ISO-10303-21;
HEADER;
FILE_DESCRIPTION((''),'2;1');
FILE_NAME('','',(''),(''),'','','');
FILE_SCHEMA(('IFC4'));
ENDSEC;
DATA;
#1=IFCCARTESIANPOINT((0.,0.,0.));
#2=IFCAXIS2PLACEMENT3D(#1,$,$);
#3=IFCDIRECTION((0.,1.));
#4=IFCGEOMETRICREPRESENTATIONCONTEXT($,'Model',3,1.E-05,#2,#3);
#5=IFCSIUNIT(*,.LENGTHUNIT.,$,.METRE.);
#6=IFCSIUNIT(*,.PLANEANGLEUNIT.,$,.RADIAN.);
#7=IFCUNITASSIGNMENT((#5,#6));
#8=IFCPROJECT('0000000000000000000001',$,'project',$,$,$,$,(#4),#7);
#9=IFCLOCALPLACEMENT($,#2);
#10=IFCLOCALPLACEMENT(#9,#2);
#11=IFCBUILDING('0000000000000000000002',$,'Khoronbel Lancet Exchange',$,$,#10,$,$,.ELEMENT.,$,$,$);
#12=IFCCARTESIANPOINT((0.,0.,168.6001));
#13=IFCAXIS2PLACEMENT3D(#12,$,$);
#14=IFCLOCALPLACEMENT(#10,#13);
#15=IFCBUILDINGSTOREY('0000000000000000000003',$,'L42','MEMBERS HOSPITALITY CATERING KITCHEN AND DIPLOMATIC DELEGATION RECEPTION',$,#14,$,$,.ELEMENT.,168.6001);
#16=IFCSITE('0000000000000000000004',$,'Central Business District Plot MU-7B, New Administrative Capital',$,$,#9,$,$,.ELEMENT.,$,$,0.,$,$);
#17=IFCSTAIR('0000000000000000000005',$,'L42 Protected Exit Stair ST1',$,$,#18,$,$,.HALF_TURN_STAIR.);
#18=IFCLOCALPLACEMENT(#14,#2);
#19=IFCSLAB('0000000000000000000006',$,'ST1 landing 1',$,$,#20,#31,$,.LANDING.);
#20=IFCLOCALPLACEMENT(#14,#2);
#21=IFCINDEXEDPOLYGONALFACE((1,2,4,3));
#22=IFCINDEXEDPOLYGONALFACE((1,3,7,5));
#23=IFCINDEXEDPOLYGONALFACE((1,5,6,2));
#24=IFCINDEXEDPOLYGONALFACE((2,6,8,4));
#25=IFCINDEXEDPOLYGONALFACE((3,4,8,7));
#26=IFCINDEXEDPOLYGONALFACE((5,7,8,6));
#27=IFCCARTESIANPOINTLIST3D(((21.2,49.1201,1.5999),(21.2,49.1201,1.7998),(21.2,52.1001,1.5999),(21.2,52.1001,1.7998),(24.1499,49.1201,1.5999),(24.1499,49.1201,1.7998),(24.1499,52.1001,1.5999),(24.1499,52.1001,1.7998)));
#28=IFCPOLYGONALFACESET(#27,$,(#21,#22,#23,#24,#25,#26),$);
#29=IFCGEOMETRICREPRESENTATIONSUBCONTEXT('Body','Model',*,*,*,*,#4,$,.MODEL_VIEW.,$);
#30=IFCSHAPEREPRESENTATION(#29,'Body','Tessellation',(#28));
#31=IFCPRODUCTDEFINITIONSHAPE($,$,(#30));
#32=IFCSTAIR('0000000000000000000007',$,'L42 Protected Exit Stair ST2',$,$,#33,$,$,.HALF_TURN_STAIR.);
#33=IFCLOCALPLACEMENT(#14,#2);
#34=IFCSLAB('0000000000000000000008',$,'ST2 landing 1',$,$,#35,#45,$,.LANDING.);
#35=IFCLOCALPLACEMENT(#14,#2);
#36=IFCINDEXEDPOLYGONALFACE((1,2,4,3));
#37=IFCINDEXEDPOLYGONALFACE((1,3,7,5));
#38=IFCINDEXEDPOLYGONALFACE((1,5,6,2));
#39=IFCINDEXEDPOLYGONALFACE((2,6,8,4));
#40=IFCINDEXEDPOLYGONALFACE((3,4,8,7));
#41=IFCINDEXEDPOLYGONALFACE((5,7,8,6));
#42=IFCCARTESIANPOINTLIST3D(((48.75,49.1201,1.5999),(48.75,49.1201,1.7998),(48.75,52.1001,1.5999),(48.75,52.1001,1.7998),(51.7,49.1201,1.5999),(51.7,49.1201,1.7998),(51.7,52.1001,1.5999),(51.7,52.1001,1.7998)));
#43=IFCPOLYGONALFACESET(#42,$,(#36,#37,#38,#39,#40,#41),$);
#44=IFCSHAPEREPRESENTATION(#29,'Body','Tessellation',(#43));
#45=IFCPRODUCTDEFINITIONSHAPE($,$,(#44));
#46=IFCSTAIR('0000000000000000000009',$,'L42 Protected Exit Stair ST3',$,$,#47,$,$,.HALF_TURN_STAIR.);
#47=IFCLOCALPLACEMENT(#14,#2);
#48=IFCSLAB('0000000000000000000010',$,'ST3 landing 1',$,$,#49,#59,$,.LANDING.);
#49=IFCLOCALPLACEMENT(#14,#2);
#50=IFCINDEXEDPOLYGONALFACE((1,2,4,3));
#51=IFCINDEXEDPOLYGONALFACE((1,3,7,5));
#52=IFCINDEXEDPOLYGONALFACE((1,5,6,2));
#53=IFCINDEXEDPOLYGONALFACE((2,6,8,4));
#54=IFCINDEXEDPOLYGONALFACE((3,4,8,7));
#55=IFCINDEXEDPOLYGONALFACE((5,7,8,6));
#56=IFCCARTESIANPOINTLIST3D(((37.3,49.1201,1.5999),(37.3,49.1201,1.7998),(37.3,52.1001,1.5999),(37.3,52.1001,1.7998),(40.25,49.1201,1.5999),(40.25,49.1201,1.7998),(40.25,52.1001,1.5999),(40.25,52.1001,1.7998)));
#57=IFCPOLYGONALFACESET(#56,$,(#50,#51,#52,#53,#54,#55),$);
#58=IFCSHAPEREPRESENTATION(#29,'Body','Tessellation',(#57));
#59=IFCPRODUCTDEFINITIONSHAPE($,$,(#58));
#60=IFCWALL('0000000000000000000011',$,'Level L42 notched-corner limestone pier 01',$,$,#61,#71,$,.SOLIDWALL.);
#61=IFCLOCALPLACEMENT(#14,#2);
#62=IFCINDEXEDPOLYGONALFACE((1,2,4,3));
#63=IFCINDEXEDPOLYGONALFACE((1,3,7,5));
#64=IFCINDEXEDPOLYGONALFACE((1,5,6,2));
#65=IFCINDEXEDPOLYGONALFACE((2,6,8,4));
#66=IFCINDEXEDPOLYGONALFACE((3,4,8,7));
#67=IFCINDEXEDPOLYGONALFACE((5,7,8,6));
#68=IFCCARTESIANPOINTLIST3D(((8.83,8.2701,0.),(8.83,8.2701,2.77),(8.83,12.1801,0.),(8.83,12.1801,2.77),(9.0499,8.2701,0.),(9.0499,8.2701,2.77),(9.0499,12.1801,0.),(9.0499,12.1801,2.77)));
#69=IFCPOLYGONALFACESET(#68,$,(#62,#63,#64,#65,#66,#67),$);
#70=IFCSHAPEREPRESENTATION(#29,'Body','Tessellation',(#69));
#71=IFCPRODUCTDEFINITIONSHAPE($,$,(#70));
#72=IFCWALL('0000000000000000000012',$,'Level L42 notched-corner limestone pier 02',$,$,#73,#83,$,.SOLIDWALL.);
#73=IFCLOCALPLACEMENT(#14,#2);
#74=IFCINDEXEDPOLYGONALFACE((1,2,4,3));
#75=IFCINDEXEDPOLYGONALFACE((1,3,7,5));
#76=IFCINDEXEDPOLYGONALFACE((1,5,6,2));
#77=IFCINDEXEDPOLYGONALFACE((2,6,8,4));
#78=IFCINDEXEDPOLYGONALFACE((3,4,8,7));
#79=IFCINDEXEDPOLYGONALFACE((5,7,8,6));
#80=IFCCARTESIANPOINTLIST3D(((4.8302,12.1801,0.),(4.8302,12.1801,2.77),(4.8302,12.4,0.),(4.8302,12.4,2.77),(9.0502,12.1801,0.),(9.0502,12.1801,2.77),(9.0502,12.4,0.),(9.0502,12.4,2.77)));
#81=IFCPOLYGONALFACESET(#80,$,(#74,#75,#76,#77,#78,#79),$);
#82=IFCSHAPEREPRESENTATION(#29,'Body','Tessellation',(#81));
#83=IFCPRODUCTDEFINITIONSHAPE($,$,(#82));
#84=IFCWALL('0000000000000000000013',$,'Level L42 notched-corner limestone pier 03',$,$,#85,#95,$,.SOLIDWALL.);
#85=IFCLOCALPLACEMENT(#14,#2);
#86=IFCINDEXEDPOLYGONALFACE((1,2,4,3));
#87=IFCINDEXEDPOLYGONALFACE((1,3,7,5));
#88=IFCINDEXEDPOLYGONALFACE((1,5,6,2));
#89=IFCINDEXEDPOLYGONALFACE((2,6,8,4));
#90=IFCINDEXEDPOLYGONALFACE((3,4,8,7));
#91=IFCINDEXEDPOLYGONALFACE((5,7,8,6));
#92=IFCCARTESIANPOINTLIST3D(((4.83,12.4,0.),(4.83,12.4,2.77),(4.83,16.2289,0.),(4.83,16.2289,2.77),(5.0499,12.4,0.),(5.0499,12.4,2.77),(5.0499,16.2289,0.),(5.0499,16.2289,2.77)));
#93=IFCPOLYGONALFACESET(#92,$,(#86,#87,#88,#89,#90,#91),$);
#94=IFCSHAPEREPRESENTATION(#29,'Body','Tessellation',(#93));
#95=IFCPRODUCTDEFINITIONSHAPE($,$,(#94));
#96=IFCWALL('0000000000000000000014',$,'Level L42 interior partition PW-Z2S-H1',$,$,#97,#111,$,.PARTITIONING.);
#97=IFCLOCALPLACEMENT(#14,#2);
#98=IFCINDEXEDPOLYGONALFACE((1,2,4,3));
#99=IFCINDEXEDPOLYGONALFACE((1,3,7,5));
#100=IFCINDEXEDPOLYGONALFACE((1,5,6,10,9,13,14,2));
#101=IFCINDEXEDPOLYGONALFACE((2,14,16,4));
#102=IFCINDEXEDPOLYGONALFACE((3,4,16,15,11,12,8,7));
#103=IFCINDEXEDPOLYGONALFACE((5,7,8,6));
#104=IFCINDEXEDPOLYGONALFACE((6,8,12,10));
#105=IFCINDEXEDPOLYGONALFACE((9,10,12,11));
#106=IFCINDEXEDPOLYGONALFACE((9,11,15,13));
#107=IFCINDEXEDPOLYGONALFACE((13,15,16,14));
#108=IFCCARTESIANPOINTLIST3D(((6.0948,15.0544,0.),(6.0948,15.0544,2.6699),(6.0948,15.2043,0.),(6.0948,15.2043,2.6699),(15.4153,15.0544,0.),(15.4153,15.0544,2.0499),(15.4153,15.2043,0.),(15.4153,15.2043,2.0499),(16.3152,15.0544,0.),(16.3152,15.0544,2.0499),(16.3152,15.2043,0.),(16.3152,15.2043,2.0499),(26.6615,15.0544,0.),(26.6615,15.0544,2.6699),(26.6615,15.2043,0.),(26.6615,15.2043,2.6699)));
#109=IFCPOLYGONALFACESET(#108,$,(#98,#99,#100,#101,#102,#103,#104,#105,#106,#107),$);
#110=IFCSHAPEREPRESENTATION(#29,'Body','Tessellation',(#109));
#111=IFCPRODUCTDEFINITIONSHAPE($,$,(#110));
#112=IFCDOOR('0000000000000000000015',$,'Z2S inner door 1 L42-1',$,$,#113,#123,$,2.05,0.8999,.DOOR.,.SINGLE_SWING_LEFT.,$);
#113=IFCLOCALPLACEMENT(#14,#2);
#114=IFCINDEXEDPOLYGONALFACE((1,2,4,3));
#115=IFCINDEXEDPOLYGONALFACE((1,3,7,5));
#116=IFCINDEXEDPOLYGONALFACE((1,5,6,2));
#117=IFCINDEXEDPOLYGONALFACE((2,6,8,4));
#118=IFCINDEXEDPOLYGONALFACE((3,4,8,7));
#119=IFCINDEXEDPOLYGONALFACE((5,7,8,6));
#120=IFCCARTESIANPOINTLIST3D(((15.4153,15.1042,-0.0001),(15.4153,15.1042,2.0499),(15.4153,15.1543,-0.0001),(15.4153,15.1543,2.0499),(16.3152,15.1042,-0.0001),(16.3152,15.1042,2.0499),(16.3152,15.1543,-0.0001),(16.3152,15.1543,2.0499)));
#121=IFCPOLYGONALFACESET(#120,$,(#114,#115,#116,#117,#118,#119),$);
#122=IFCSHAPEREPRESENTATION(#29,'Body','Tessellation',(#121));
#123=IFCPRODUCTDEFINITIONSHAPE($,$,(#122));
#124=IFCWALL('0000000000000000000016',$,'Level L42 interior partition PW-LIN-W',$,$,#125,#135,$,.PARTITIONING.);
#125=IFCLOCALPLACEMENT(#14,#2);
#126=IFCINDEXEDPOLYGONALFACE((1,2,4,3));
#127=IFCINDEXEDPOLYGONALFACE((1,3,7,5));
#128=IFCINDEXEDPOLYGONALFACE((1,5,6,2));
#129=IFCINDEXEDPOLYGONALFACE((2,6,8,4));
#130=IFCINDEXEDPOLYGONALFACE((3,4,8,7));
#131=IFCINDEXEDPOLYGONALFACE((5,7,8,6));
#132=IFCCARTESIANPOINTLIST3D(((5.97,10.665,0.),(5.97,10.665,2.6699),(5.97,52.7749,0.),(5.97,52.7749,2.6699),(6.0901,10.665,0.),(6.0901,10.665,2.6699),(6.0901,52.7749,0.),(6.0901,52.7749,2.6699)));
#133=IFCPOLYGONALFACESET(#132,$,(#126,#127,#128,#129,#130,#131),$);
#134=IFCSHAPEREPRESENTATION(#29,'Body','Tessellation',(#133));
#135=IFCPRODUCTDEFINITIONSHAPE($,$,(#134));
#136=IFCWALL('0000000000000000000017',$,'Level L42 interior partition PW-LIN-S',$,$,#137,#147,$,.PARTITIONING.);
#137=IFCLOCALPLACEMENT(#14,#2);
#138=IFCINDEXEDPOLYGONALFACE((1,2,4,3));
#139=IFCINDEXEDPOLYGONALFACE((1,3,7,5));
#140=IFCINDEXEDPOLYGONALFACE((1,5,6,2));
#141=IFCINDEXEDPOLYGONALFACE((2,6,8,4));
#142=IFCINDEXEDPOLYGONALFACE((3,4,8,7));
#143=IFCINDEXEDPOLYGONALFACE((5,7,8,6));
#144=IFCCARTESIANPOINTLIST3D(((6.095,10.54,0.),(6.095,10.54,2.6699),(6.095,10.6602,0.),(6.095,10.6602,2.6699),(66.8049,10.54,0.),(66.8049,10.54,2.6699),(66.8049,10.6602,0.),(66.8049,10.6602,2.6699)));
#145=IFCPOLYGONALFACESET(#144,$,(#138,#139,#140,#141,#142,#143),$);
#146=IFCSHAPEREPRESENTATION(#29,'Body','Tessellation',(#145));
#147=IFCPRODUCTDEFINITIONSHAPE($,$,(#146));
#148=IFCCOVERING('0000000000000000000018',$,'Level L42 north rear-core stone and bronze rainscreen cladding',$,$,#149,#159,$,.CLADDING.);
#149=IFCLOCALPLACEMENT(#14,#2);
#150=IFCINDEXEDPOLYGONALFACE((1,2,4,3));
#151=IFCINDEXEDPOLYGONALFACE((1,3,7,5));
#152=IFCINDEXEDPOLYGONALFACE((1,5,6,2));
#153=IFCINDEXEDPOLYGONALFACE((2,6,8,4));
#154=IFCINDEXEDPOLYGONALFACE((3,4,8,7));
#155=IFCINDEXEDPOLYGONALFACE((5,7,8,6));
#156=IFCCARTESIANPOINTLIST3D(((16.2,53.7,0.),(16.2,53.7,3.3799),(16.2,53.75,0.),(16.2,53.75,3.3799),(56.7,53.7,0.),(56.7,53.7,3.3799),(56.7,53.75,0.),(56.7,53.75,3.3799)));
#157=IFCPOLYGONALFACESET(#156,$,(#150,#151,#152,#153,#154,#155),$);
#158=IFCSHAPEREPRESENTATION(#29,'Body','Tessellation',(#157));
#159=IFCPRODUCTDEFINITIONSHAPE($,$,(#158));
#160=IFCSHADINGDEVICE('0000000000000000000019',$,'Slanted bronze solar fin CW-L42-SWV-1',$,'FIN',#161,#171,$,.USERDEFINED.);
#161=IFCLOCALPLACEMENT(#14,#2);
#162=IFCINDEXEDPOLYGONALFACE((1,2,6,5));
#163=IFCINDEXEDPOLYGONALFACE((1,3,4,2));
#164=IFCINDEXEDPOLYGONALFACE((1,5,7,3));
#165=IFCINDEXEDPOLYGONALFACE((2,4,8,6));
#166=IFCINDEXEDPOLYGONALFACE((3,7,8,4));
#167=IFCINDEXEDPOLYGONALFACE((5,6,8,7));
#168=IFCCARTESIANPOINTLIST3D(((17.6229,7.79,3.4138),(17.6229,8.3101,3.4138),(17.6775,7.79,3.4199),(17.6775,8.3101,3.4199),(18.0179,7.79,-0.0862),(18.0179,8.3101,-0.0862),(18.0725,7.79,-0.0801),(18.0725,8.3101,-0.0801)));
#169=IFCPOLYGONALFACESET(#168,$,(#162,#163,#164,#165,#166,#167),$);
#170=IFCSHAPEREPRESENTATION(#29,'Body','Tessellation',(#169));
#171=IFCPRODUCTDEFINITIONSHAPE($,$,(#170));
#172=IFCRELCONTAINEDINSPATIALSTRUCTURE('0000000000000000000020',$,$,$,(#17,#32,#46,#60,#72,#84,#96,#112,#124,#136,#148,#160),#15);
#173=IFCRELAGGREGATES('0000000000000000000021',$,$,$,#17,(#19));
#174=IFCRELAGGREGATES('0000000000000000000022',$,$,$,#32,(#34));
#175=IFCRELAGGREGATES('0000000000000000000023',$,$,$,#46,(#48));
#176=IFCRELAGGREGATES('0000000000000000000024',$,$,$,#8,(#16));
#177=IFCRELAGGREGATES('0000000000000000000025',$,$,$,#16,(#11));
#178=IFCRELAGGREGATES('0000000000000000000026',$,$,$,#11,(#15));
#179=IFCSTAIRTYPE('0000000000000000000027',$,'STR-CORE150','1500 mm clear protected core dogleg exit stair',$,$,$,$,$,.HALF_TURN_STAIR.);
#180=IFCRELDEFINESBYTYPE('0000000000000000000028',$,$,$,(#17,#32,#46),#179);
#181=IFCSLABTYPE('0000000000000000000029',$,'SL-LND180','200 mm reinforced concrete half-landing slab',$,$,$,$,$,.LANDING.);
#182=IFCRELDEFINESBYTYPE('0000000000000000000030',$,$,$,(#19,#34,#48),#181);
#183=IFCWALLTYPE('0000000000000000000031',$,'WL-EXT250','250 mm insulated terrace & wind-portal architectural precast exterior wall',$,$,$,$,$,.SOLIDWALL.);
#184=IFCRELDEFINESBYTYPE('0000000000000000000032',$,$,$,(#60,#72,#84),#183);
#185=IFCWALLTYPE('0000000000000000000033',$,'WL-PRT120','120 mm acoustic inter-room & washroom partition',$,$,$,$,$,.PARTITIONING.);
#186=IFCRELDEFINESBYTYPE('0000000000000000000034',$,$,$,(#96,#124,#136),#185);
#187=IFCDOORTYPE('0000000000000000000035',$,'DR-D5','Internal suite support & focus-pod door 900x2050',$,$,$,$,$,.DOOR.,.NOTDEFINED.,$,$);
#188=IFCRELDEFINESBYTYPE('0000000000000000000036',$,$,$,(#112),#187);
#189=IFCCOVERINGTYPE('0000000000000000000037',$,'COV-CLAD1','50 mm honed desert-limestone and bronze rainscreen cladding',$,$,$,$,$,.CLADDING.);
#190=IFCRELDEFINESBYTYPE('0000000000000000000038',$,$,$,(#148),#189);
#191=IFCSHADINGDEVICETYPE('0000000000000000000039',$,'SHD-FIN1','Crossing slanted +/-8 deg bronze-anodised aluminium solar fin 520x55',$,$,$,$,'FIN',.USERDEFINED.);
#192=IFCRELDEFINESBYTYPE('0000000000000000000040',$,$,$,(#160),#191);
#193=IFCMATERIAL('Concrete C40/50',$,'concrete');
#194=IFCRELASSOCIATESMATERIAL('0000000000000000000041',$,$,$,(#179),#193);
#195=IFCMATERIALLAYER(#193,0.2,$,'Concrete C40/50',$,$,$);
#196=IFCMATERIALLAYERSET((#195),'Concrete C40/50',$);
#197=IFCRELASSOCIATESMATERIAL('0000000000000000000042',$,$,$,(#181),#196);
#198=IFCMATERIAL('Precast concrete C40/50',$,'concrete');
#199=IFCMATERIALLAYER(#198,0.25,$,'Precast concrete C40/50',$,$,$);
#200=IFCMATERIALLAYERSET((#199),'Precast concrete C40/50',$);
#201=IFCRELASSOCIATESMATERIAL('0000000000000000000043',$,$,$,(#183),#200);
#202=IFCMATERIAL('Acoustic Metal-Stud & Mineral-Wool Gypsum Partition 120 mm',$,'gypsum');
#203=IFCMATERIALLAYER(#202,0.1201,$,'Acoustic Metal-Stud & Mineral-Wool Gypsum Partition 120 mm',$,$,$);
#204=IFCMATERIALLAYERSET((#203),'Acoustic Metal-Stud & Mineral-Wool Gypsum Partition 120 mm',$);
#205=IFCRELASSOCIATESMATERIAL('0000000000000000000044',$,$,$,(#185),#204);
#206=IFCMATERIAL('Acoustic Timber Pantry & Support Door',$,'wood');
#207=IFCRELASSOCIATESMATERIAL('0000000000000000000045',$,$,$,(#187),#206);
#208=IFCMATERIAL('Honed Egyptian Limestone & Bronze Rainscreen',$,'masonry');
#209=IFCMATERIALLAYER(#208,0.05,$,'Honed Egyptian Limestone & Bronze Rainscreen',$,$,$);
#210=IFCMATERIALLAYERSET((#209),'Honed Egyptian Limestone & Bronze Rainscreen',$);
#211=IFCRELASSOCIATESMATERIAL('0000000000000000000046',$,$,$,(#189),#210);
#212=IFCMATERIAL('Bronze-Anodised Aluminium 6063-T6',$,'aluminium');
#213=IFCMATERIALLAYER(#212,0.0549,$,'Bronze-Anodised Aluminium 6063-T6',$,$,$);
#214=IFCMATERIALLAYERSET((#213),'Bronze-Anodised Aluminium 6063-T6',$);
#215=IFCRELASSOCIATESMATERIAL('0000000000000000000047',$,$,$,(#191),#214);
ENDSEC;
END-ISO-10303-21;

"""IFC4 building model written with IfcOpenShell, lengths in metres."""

from ifc_helpers import new_model, si_unit, direction, frame, frame_2d, origin, place, context, subcontext, project, spatial, polyline, rectangle, outline, extrude, material, layer, layer_set, type_object, element, fill, aggregate, save


model = new_model("IFC4")

# Units and contexts
model_context = context("Model", 3, precision=1e-05, world=origin(), true_north=direction((0.0, 1.0)))
body_context = subcontext(model_context, "Body", "Model", "MODEL_VIEW")
ifc_project = project(units=[si_unit("LENGTHUNIT", "METRE"), si_unit("PLANEANGLEUNIT", "RADIAN")], contexts=[model_context])

# Site, building, storey
site_placement = place(None, origin())
site = spatial("IfcSite", under=ifc_project, at=site_placement, Name="Central Business District Plot MU-7B, New Administrative Capital", CompositionType="ELEMENT", RefElevation=0.0)
building_placement = place(site_placement, origin())
building = spatial("IfcBuilding", under=site, at=building_placement, Name="Khoronbel Lancet Exchange", CompositionType="ELEMENT")
storey_placement = place(building_placement, frame((0.0, 0.0, 168.6001)))
storey = spatial("IfcBuildingStorey", under=building, at=storey_placement, Name="L42", Description="MEMBERS HOSPITALITY CATERING KITCHEN AND DIPLOMATIC DELEGATION RECEPTION", CompositionType="ELEMENT", Elevation=168.6001)

# Shared definitions
ifc_material_1 = material(Name="Bronze-Anodised Aluminium 6063-T6", Category="aluminium")

# Shared definitions
ifc_material_2 = material(Name="Concrete C40/50", Category="concrete")

# Stairs, slabs
stair_type = type_object("IfcStairType", Name="STR-CORE150", Description="1500 mm clear protected core dogleg exit stair", PredefinedType="HALF_TURN_STAIR", material=ifc_material_2)
stair_1_placement = place(storey_placement, origin())
stair_1 = element("IfcStair", 1, at=stair_1_placement, inside=storey, type_object=stair_type, Name="L42 Protected Exit Stair ST1", PredefinedType="HALF_TURN_STAIR")
ifc_layer_1 = layer(ifc_material_2, 0.2, Name="Concrete C40/50")
ifc_layer_set_1 = layer_set([ifc_layer_1], Name="Concrete C40/50")
slab_type_1 = type_object("IfcSlabType", Name="SL-LND180", Description="200 mm reinforced concrete half-landing slab", PredefinedType="LANDING", material=ifc_layer_set_1)
slab_1_placement = place(storey_placement, frame((0.0, 0.0, 1.5999)))
slab_1 = element("IfcSlab", 2, at=slab_1_placement, type_object=slab_type_1, Name="ST1 landing 1", PredefinedType="LANDING", context=body_context, shape_type="SweptSolid", body=[
    extrude(outline(polyline([(21.2, 49.1201), (24.1499, 49.1201), (24.1499, 52.1001), (21.2, 52.1001), (21.2, 49.1201)])), origin(), (0.0, 0.0, 1.0), 0.2),
])
aggregate(stair_1, [slab_1])
stair_2_placement = place(storey_placement, origin())
stair_2 = element("IfcStair", 3, at=stair_2_placement, inside=storey, type_object=stair_type, Name="L42 Protected Exit Stair ST2", PredefinedType="HALF_TURN_STAIR")
slab_2_placement = place(storey_placement, frame((0.0, 0.0, 1.5999)))
slab_2 = element("IfcSlab", 4, at=slab_2_placement, type_object=slab_type_1, Name="ST2 landing 1", PredefinedType="LANDING", context=body_context, shape_type="SweptSolid", body=[
    extrude(outline(polyline([(51.7, 52.1001), (48.75, 52.1001), (48.75, 49.1201), (51.7, 49.1201), (51.7, 52.1001)])), origin(), (0.0, 0.0, 1.0), 0.2),
])
aggregate(stair_2, [slab_2])
stair_3_placement = place(storey_placement, origin())
stair_3 = element("IfcStair", 5, at=stair_3_placement, inside=storey, type_object=stair_type, Name="L42 Protected Exit Stair ST3", PredefinedType="HALF_TURN_STAIR")
slab_3_placement = place(storey_placement, frame((0.0, 0.0, 1.5999)))
slab_3 = element("IfcSlab", 6, at=slab_3_placement, type_object=slab_type_1, Name="ST3 landing 1", PredefinedType="LANDING", context=body_context, shape_type="SweptSolid", body=[
    extrude(outline(polyline([(37.3, 49.1201), (40.25, 49.1201), (40.25, 52.1001), (37.3, 52.1001), (37.3, 49.1201)])), origin(), (0.0, 0.0, 1.0), 0.2),
])
aggregate(stair_3, [slab_3])

# Walls
ifc_material_3 = material(Name="Precast concrete C40/50", Category="concrete")
ifc_layer_2 = layer(ifc_material_3, 0.25, Name="Precast concrete C40/50")
ifc_layer_set_2 = layer_set([ifc_layer_2], Name="Precast concrete C40/50")
wall_type_1 = type_object("IfcWallType", Name="WL-EXT250", Description="250 mm insulated terrace & wind-portal architectural precast exterior wall", PredefinedType="SOLIDWALL", material=ifc_layer_set_2)
wall_1_placement = place(storey_placement, frame((8.9399, 8.27, 0.0), z_axis=(0.0, 0.0, 1.0), x_axis=(0.0, 1.0, 0.0)))
element("IfcWall", 7, at=wall_1_placement, inside=storey, type_object=wall_type_1, Name="Level L42 notched-corner limestone pier 01", PredefinedType="SOLIDWALL", context=body_context, shape_type="SweptSolid", body=[
    extrude(rectangle(XDim=3.9099, YDim=0.22, at=frame_2d((1.9551, 0.0))), origin(), (0.0, 0.0, 1.0), 2.77),
])
wall_2_placement = place(storey_placement, frame((9.05, 12.29, 0.0), z_axis=(0.0, 0.0, 1.0), x_axis=(-1.0, 0.0, 0.0)))
element("IfcWall", 8, at=wall_2_placement, inside=storey, type_object=wall_type_1, Name="Level L42 notched-corner limestone pier 02", PredefinedType="SOLIDWALL", context=body_context, shape_type="SweptSolid", body=[
    extrude(rectangle(XDim=4.22, YDim=0.22, at=frame_2d((2.1099, 0.0))), origin(), (0.0, 0.0, 1.0), 2.77),
])
wall_3_placement = place(storey_placement, frame((4.9399, 12.3999, 0.0), z_axis=(0.0, 0.0, 1.0), x_axis=(0.0, 1.0, 0.0)))
element("IfcWall", 9, at=wall_3_placement, inside=storey, type_object=wall_type_1, Name="Level L42 notched-corner limestone pier 03", PredefinedType="SOLIDWALL", context=body_context, shape_type="SweptSolid", body=[
    extrude(rectangle(XDim=3.8289, YDim=0.22, at=frame_2d((1.9146, 0.0))), origin(), (0.0, 0.0, 1.0), 2.77),
])

# Wall, opening, door
ifc_material_4 = material(Name="Acoustic Metal-Stud & Mineral-Wool Gypsum Partition 120 mm", Category="gypsum")
ifc_layer_3 = layer(ifc_material_4, 0.1201, Name="Acoustic Metal-Stud & Mineral-Wool Gypsum Partition 120 mm")
ifc_layer_set_3 = layer_set([ifc_layer_3], Name="Acoustic Metal-Stud & Mineral-Wool Gypsum Partition 120 mm")
wall_type_2 = type_object("IfcWallType", Name="WL-PRT120", Description="120 mm acoustic inter-room & washroom partition", PredefinedType="PARTITIONING", material=ifc_layer_set_3)
wall_4_placement = place(storey_placement, frame((6.095, 15.1294, 0.0), z_axis=(0.0, 0.0, 1.0), x_axis=(1.0, 0.0, 0.0)))
wall_4 = element("IfcWall", 10, at=wall_4_placement, inside=storey, type_object=wall_type_2, Name="Level L42 interior partition PW-Z2S-H1", PredefinedType="PARTITIONING", context=body_context, shape_type="SweptSolid", body=[
    extrude(rectangle(XDim=20.5667, YDim=0.1499, at=frame_2d((10.2832, 0.0))), origin(), (0.0, 0.0, 1.0), 2.6699),
])
opening_placement = place(wall_4_placement, frame((9.3203, 0.0, 0.0)))
opening = element("IfcOpeningElement", 11, at=opening_placement, cuts=wall_4, PredefinedType="OPENING", context=body_context, shape_type="SweptSolid", body=[
    extrude(rectangle(XDim=0.8999, YDim=2.05, at=frame_2d((0.45, 1.0249))), frame((0.0, 0.085, 0.0), z_axis=(0.0, -1.0, 0.0), x_axis=(1.0, 0.0, 0.0)), (0.0, 0.0, 1.0), 0.1699),
])
ifc_material_5 = material(Name="Acoustic Timber Pantry & Support Door", Category="wood")
door_type = type_object("IfcDoorType", Name="DR-D5", Description="Internal suite support & focus-pod door 900x2050", OperationType="NOTDEFINED", PredefinedType="DOOR", material=ifc_material_5)
door_placement = place(opening_placement, origin())
door = element("IfcDoor", 12, at=door_placement, inside=storey, type_object=door_type, Name="Z2S inner door 1 L42-1", OperationType="SINGLE_SWING_LEFT", OverallHeight=2.05, OverallWidth=0.8999, PredefinedType="DOOR", context=body_context, shape_type="SweptSolid", body=[
    extrude(rectangle(XDim=0.8999, YDim=2.05, at=frame_2d((0.45, 1.0249))), frame((0.0, 0.0249, 0.0), z_axis=(0.0, -1.0, 0.0), x_axis=(1.0, 0.0, 0.0)), (0.0, 0.0, 1.0), 0.05),
])
fill(opening, door)

# Walls
wall_5_placement = place(storey_placement, frame((6.03, 10.665, 0.0), z_axis=(0.0, 0.0, 1.0), x_axis=(0.0, 1.0, 0.0)))
element("IfcWall", 13, at=wall_5_placement, inside=storey, type_object=wall_type_2, Name="Level L42 interior partition PW-LIN-W", PredefinedType="PARTITIONING", context=body_context, shape_type="SweptSolid", body=[
    extrude(rectangle(XDim=42.1099, YDim=0.1201, at=frame_2d((21.0549, 0.0))), origin(), (0.0, 0.0, 1.0), 2.6699),
])
wall_6_placement = place(storey_placement, frame((6.095, 10.6001, 0.0), z_axis=(0.0, 0.0, 1.0), x_axis=(1.0, 0.0, 0.0)))
element("IfcWall", 14, at=wall_6_placement, inside=storey, type_object=wall_type_2, Name="Level L42 interior partition PW-LIN-S", PredefinedType="PARTITIONING", context=body_context, shape_type="SweptSolid", body=[
    extrude(rectangle(XDim=60.71, YDim=0.1201, at=frame_2d((30.355, 0.0))), origin(), (0.0, 0.0, 1.0), 2.6699),
])

# Covering
ifc_material_6 = material(Name="Honed Egyptian Limestone & Bronze Rainscreen", Category="masonry")
ifc_layer_4 = layer(ifc_material_6, 0.05, Name="Honed Egyptian Limestone & Bronze Rainscreen")
ifc_layer_set_4 = layer_set([ifc_layer_4], Name="Honed Egyptian Limestone & Bronze Rainscreen")
covering_type = type_object("IfcCoveringType", Name="COV-CLAD1", Description="50 mm honed desert-limestone and bronze rainscreen cladding", PredefinedType="CLADDING", material=ifc_layer_set_4)
covering_placement = place(storey_placement, origin())
element("IfcCovering", 15, at=covering_placement, inside=storey, type_object=covering_type, Name="Level L42 north rear-core stone and bronze rainscreen cladding", PredefinedType="CLADDING", context=body_context, shape_type="SweptSolid", body=[
    extrude(outline(polyline([(16.2, 53.7), (56.7, 53.7), (56.7, 53.75), (16.2, 53.75), (16.2, 53.7)])), origin(), (0.0, 0.0, 1.0), 3.3799),
])

# Shading device
ifc_layer_5 = layer(ifc_material_1, 0.0549, Name="Bronze-Anodised Aluminium 6063-T6")
ifc_layer_set_5 = layer_set([ifc_layer_5], Name="Bronze-Anodised Aluminium 6063-T6")
shading_device_type = type_object("IfcShadingDeviceType", Name="SHD-FIN1", Description="Crossing slanted +/-8 deg bronze-anodised aluminium solar fin 520x55", ElementType="FIN", PredefinedType="USERDEFINED", material=ifc_layer_set_5)
shading_device_placement = place(storey_placement, frame((18.0725, 8.3101, -0.0801), z_axis=(0.993691, 0.0, 0.112151), x_axis=(0.0, -1.0, 0.0)))
element("IfcShadingDevice", 16, at=shading_device_placement, inside=storey, type_object=shading_device_type, Name="Slanted bronze solar fin CW-L42-SWV-1", ObjectType="FIN", PredefinedType="USERDEFINED", context=body_context, shape_type="SweptSolid", body=[
    extrude(outline(polyline([(0.0, 0.0), (0.52, 0.0), (0.52, -3.5222), (0.0, -3.5222), (0.0, 0.0)])), origin(), (0.0, 0.0, -1.0), 0.0549),
])

save(model, "model.ifc")
